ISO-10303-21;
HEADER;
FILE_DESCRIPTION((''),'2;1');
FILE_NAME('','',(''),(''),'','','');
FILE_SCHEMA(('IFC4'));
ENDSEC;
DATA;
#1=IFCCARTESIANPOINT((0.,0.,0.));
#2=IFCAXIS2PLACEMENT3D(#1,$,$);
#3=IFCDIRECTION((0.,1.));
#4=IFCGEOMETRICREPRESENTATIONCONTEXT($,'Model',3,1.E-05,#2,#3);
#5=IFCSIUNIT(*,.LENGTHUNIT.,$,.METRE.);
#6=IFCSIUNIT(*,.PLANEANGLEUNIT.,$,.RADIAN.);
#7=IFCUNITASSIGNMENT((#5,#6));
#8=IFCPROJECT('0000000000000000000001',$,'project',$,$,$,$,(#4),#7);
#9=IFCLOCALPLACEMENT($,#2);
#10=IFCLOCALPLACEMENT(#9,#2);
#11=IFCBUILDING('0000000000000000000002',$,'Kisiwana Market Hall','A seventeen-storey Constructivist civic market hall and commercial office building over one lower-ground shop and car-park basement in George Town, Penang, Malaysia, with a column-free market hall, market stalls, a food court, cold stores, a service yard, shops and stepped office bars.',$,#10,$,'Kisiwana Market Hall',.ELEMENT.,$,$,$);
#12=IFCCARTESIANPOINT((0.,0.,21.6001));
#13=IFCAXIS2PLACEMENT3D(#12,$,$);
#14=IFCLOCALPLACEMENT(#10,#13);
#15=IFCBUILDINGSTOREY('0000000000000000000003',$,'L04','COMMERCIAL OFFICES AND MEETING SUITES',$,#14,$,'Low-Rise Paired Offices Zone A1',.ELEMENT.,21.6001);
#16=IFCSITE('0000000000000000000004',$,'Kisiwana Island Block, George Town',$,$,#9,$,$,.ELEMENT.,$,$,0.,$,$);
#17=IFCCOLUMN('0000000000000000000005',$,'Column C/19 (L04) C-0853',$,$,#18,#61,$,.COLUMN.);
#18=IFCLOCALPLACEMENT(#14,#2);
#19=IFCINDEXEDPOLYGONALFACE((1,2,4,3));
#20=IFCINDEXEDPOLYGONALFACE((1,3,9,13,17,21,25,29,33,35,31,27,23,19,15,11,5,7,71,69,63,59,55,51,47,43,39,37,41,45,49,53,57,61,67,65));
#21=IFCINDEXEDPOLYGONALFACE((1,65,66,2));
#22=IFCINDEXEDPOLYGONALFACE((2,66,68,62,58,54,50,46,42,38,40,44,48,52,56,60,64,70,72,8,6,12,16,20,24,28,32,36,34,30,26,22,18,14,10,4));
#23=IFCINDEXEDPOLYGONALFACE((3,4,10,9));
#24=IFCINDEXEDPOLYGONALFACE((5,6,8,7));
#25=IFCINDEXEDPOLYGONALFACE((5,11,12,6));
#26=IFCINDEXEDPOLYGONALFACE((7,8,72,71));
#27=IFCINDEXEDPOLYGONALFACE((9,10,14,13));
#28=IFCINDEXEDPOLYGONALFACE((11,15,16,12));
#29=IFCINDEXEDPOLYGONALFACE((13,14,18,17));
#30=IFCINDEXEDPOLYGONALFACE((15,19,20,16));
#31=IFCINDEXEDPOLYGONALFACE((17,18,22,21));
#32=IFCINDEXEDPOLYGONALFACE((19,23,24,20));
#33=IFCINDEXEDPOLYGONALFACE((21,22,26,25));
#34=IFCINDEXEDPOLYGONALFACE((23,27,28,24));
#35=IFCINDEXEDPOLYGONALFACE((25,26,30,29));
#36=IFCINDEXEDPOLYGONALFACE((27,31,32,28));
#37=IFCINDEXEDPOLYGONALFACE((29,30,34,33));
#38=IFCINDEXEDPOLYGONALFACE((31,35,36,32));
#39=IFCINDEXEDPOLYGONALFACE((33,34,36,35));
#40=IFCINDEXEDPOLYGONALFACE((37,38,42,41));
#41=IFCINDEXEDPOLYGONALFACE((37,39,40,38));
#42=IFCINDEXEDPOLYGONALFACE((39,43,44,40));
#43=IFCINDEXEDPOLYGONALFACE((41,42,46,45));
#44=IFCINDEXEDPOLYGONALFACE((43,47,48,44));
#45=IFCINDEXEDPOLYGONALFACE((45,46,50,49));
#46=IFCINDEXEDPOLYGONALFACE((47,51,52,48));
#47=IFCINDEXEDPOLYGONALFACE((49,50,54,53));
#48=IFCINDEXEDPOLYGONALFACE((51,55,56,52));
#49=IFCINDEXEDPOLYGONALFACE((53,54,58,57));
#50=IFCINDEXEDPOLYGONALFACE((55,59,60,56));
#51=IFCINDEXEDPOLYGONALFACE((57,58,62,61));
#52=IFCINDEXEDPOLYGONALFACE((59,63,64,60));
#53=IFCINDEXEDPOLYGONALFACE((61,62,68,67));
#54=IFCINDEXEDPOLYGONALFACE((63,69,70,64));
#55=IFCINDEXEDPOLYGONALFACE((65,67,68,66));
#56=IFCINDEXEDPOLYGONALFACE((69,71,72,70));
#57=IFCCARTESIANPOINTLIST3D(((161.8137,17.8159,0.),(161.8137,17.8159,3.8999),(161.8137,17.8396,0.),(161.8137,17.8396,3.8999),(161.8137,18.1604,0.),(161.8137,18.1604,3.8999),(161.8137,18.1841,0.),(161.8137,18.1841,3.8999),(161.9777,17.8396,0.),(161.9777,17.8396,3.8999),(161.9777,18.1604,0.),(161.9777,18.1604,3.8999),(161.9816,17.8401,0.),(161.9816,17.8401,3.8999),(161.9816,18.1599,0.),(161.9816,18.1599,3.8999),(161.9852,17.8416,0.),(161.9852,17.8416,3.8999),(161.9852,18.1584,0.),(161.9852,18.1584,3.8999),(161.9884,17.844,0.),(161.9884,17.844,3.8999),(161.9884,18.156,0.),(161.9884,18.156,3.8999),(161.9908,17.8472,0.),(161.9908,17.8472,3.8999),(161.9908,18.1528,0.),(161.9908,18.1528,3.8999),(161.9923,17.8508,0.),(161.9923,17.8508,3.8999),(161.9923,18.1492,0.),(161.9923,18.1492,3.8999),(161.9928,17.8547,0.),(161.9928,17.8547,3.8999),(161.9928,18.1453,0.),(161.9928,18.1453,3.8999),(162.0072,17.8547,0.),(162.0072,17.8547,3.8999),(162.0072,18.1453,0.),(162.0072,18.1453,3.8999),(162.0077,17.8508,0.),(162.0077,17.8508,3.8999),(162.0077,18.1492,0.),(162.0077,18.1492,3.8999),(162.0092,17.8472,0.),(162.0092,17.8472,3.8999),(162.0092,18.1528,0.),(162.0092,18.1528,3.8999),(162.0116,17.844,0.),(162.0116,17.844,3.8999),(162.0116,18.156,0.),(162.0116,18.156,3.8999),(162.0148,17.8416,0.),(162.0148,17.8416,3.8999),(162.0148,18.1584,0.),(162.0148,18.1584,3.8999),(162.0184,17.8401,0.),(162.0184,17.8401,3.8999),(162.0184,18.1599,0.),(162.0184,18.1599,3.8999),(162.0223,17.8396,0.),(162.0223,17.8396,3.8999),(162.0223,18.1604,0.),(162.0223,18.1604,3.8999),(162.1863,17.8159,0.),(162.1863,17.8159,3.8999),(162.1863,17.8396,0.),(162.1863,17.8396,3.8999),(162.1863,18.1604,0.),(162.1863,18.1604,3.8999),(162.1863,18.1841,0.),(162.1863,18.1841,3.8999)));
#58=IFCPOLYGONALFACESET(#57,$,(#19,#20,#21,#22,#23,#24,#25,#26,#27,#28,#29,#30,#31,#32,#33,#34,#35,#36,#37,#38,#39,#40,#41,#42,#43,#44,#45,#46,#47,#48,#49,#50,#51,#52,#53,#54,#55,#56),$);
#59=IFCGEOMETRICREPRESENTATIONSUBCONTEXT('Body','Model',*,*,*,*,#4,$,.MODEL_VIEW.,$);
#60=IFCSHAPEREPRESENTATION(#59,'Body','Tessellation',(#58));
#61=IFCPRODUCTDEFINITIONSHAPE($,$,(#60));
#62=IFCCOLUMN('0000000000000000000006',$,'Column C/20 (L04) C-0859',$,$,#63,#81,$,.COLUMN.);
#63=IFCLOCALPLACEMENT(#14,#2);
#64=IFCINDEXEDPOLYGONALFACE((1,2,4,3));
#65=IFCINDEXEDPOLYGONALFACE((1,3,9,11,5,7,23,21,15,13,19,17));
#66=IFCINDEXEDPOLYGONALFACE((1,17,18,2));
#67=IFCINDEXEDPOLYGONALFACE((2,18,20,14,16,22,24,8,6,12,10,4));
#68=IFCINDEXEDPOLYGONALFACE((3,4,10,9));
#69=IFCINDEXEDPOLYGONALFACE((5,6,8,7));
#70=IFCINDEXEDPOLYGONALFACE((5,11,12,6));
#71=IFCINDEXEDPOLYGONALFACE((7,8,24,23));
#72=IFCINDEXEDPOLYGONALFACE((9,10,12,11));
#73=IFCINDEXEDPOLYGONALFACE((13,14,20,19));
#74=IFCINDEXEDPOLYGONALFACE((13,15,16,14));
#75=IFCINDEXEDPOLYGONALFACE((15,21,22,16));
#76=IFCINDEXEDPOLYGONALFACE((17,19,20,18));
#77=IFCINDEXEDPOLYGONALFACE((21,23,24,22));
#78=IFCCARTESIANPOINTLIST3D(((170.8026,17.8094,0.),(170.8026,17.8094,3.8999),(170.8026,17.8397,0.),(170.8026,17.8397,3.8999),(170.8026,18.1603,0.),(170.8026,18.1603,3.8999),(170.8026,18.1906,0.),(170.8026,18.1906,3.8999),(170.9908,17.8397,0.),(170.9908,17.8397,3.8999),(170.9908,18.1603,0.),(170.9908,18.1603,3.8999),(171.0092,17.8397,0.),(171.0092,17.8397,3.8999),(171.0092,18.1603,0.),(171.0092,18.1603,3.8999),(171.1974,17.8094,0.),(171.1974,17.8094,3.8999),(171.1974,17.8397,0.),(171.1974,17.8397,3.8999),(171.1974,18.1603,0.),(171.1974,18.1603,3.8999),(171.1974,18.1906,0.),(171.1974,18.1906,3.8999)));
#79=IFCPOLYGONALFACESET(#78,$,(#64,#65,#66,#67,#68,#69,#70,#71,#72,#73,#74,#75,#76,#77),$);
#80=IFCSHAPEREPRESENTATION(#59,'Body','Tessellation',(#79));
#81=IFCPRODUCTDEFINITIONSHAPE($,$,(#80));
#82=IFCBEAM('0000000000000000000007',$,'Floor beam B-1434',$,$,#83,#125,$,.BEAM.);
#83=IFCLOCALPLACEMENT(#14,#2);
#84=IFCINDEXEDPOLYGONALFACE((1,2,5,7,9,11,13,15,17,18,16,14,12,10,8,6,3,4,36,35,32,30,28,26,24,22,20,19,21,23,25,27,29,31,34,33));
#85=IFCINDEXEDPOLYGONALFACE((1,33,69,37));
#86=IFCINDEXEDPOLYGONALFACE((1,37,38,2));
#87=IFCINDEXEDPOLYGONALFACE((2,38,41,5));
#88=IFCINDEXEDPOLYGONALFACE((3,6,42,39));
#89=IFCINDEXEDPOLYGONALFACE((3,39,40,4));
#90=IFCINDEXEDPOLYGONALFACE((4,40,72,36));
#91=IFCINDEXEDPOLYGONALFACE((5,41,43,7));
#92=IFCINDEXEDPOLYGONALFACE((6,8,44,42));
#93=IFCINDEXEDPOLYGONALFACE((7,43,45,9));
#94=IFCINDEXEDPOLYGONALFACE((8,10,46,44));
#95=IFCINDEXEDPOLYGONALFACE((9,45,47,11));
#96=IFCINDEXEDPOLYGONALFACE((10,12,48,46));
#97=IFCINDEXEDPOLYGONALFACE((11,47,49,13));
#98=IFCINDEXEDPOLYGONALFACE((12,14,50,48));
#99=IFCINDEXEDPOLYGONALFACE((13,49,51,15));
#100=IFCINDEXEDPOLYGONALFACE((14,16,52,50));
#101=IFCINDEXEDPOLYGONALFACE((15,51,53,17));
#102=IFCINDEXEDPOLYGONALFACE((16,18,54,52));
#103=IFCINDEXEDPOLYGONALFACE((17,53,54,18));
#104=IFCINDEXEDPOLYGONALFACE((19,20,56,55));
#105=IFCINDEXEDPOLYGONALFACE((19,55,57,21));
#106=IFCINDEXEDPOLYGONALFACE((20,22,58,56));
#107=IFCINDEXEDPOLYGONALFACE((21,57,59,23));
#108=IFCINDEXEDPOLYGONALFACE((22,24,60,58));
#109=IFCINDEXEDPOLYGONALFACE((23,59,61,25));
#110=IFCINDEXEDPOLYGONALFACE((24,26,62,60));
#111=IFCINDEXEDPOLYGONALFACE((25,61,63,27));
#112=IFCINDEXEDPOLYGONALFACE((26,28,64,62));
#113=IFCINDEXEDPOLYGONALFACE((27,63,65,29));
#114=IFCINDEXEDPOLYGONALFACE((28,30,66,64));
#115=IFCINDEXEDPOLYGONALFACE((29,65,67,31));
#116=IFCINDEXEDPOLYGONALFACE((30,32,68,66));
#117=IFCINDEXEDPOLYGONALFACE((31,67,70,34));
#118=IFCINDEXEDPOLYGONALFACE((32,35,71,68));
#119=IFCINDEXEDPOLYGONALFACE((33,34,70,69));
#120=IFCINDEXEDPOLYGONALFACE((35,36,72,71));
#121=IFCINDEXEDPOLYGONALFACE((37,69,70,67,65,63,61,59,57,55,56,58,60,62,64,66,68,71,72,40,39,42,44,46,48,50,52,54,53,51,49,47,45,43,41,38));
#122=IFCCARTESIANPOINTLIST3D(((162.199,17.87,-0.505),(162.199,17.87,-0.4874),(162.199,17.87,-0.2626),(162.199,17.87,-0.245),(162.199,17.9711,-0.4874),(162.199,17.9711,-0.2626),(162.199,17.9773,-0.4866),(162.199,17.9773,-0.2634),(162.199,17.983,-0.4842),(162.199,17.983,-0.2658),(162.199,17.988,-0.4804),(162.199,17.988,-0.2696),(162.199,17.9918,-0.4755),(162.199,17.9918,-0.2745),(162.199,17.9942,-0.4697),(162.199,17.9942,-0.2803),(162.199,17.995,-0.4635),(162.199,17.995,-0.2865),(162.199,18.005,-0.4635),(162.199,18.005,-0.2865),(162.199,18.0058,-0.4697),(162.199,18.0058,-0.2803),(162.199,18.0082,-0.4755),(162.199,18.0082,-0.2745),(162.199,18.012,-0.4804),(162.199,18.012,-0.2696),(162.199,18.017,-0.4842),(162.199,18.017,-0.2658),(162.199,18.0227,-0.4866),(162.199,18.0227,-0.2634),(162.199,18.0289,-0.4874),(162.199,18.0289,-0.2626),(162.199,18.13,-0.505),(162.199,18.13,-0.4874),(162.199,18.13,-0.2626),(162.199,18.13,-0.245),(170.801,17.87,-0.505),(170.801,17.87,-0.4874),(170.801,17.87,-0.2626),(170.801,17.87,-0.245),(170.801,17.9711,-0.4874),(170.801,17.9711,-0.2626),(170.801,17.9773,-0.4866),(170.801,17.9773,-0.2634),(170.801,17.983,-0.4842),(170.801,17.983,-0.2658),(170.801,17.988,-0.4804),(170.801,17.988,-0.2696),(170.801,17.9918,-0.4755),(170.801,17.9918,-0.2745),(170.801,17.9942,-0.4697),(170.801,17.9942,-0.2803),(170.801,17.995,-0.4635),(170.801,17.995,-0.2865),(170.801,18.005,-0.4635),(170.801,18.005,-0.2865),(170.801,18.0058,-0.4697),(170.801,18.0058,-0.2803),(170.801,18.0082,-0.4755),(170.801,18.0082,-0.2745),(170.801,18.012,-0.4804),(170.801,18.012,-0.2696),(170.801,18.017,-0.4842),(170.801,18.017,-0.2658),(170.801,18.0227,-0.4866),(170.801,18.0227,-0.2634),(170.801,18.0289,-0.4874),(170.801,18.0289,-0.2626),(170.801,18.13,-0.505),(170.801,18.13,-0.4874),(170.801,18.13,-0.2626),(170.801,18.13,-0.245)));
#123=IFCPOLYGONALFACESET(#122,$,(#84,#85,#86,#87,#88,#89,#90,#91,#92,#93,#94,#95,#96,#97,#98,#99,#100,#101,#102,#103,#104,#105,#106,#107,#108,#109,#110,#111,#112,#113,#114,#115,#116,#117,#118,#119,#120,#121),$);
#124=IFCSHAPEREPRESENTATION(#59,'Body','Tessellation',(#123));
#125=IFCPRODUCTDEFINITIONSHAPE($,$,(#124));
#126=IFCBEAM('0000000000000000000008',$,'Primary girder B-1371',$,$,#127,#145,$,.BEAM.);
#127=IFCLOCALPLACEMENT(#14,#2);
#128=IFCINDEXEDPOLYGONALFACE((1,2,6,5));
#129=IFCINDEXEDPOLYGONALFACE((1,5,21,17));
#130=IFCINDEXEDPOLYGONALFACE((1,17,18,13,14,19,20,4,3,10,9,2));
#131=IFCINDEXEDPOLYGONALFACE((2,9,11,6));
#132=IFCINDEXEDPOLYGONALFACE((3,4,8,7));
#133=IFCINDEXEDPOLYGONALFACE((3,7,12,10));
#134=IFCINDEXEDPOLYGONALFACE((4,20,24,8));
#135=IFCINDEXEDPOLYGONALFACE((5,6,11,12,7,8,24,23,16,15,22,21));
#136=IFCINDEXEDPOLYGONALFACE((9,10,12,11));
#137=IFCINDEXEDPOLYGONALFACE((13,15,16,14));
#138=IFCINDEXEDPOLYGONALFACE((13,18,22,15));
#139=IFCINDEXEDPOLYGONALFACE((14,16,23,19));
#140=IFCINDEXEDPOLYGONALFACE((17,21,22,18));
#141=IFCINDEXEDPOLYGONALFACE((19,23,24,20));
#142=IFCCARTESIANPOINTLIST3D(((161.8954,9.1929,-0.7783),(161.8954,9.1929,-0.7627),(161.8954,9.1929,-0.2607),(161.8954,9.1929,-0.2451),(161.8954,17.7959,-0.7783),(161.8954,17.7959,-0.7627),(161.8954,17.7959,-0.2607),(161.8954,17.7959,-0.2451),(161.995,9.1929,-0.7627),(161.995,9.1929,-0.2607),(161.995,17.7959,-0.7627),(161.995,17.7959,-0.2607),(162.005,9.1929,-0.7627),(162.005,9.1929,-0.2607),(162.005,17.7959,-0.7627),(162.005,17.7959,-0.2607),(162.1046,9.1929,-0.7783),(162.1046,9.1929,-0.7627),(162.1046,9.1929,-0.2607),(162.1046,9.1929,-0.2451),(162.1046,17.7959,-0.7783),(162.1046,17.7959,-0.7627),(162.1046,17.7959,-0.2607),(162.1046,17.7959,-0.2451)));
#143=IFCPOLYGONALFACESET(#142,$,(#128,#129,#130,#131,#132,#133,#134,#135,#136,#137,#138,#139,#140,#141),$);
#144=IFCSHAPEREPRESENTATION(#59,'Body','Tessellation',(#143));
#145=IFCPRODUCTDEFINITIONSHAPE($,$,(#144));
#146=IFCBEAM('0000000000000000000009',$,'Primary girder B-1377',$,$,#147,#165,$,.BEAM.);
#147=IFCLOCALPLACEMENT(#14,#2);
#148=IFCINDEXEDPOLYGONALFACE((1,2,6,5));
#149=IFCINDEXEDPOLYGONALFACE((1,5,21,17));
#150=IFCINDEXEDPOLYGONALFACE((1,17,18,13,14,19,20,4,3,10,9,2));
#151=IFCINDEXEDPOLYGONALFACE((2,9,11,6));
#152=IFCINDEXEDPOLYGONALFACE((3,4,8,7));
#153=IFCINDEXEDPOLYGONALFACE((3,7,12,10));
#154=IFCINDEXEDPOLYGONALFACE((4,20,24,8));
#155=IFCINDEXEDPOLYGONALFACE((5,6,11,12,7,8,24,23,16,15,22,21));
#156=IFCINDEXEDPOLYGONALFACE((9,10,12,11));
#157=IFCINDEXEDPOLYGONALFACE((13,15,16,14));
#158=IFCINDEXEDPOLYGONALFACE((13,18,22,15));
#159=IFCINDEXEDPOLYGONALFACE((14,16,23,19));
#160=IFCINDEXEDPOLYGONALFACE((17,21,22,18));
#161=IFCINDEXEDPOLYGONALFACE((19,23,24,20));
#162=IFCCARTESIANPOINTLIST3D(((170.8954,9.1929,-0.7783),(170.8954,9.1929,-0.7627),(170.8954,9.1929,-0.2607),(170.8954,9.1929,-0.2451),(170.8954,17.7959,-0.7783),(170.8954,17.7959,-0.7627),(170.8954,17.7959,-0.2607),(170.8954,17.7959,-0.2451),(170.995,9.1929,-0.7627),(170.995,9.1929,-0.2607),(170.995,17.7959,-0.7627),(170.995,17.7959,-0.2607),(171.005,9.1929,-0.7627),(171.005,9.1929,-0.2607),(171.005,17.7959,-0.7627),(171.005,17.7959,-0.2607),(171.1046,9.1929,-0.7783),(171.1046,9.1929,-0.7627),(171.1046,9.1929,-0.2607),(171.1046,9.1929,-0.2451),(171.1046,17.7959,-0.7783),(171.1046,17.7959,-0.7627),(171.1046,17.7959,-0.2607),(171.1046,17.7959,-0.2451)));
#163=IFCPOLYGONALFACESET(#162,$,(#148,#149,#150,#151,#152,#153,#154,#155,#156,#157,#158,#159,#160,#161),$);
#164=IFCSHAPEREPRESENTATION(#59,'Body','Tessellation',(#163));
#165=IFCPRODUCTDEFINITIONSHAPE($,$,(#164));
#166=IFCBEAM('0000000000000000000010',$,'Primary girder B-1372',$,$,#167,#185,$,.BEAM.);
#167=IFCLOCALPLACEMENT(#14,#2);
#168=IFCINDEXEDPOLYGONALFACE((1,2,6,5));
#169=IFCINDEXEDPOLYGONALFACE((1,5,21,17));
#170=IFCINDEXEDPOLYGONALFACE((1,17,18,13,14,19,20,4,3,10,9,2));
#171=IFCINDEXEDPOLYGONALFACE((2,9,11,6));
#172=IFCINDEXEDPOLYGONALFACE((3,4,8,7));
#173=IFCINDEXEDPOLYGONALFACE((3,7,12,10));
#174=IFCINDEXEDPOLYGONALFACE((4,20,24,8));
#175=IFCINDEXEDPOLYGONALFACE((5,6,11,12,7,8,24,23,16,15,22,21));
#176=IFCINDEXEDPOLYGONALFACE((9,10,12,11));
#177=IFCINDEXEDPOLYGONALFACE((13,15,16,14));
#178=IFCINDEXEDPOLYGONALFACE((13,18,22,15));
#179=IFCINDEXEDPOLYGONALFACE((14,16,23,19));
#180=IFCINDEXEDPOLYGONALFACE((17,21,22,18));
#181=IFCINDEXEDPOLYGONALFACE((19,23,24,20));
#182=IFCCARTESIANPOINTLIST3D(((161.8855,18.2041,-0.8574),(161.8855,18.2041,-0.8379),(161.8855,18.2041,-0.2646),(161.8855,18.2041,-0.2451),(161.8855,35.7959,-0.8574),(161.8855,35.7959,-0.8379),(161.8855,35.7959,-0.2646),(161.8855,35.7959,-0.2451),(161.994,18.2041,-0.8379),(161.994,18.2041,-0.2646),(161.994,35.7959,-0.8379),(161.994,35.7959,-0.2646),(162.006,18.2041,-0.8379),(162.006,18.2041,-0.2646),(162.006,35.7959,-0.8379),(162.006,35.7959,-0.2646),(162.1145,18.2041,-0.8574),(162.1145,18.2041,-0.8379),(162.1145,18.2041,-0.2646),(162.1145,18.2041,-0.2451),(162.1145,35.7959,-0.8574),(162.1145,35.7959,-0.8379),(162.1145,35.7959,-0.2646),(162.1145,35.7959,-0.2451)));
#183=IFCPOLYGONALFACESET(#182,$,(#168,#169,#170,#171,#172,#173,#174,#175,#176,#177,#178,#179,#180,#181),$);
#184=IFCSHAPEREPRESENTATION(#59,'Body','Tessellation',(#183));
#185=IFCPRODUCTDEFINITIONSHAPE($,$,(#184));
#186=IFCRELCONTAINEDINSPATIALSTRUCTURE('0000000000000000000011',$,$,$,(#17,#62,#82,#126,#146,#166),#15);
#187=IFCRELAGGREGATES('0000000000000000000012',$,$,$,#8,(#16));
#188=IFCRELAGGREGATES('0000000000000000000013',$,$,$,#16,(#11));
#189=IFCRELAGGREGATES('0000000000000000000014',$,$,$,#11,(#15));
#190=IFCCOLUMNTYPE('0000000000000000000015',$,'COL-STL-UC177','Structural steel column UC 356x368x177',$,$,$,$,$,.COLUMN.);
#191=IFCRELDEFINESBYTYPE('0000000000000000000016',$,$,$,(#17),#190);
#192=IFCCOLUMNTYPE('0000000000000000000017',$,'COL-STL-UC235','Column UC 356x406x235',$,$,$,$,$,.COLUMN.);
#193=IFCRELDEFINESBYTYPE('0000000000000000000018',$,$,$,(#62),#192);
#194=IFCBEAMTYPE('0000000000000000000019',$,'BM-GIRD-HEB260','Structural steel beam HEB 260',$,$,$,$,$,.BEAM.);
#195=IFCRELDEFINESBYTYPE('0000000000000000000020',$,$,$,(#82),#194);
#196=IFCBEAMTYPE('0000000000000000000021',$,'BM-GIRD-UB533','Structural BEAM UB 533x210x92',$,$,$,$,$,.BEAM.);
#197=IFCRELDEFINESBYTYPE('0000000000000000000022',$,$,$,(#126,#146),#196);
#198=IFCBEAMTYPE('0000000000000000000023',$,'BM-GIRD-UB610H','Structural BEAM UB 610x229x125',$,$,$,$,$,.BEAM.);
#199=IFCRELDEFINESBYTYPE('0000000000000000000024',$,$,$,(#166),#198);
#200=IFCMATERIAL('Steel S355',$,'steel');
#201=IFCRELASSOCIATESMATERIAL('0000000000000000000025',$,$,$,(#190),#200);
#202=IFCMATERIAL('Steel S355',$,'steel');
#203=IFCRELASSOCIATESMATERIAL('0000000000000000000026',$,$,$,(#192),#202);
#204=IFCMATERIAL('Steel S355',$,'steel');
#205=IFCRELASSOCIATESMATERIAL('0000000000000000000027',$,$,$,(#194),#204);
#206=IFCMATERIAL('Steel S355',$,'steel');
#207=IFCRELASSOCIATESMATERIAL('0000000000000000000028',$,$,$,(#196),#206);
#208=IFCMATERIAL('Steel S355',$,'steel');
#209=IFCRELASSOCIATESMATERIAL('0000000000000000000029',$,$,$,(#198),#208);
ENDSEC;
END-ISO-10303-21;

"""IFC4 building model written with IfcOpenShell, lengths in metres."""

from ifc_helpers import new_model, si_unit, direction, frame, origin, origin_2d, place, context, subcontext, project, spatial, i_section, extrude, material, material_profile, profile_set, type_object, element, save


model = new_model("IFC4")

# Units and contexts
model_context = context("Model", 3, precision=1e-05, world=origin(), true_north=direction((0.0, 1.0)))
body_context = subcontext(model_context, "Body", "Model", "MODEL_VIEW")
ifc_project = project(units=[si_unit("LENGTHUNIT", "METRE"), si_unit("PLANEANGLEUNIT", "RADIAN")], contexts=[model_context])

# Site, building, storey
site_placement = place(None, origin())
site = spatial("IfcSite", under=ifc_project, at=site_placement, Name="Kisiwana Island Block, George Town", CompositionType="ELEMENT", RefElevation=0.0)
building_placement = place(site_placement, origin())
building = spatial("IfcBuilding", under=site, at=building_placement, Name="Kisiwana Market Hall", Description="A seventeen-storey Constructivist civic market hall and commercial office building over one lower-ground shop and car-park basement in George Town, Penang, Malaysia, with a column-free market hall, market stalls, a food court, cold stores, a service yard, shops and stepped office bars.", LongName="Kisiwana Market Hall", CompositionType="ELEMENT")
storey_placement = place(building_placement, frame((0.0, 0.0, 21.6001)))
storey = spatial("IfcBuildingStorey", under=building, at=storey_placement, Name="L04", Description="COMMERCIAL OFFICES AND MEETING SUITES", LongName="Low-Rise Paired Offices Zone A1", CompositionType="ELEMENT", Elevation=21.6001)

# Columns
ifc_material_1 = material(Name="Steel S355", Category="steel")
ifc_material_profile_1 = material_profile(ifc_material_1, i_section(OverallWidth=0.3726, OverallDepth=0.3682, WebThickness=0.0144, FlangeThickness=0.0237, FilletRadius=0.0151, at=origin_2d()), Name="UC 356x368x177")
ifc_profile_set_1 = profile_set([ifc_material_profile_1], Name="Steel S355")
column_type_1 = type_object("IfcColumnType", Name="COL-STL-UC177", Description="Structural steel column UC 356x368x177", PredefinedType="COLUMN", material=ifc_profile_set_1)
column_1_placement = place(storey_placement, frame((162.0, 18.0, 0.0), z_axis=(0.0, 0.0, 1.0), x_axis=(1.0, 0.0, 0.0)))
element("IfcColumn", 1, at=column_1_placement, inside=storey, type_object=column_type_1, Name="Column C/19 (L04) C-0853", PredefinedType="COLUMN", context=body_context, shape_type="SweptSolid", body=[
    extrude(i_section(OverallWidth=0.3726, OverallDepth=0.3682, WebThickness=0.0144, FlangeThickness=0.0237, FilletRadius=0.0151, at=origin_2d()), origin(), (0.0, 0.0, 1.0), 3.8999),
])
ifc_material_2 = material(Name="Steel S355", Category="steel")
ifc_material_profile_2 = material_profile(ifc_material_2, i_section(OverallWidth=0.3948, OverallDepth=0.3811, WebThickness=0.0183, FlangeThickness=0.0303, at=origin_2d()), Name="UC 356x406x235")
ifc_profile_set_2 = profile_set([ifc_material_profile_2], Name="Steel S355")
column_type_2 = type_object("IfcColumnType", Name="COL-STL-UC235", Description="Column UC 356x406x235", PredefinedType="COLUMN", material=ifc_profile_set_2)
column_2_placement = place(storey_placement, frame((171.0, 18.0, 0.0), z_axis=(0.0, 0.0, 1.0), x_axis=(1.0, 0.0, 0.0)))
element("IfcColumn", 2, at=column_2_placement, inside=storey, type_object=column_type_2, Name="Column C/20 (L04) C-0859", PredefinedType="COLUMN", context=body_context, shape_type="SweptSolid", body=[
    extrude(i_section(OverallWidth=0.3948, OverallDepth=0.3811, WebThickness=0.0183, FlangeThickness=0.0303, at=origin_2d()), origin(), (0.0, 0.0, 1.0), 3.8999),
])

# Beams
ifc_material_3 = material(Name="Steel S355", Category="steel")
ifc_material_profile_3 = material_profile(ifc_material_3, i_section(OverallWidth=0.26, OverallDepth=0.26, WebThickness=0.01, FlangeThickness=0.0176, FilletRadius=0.0239, at=origin_2d()), Name="HEB 260")
ifc_profile_set_3 = profile_set([ifc_material_profile_3], Name="Steel S355")
beam_type_1 = type_object("IfcBeamType", Name="BM-GIRD-HEB260", Description="Structural steel beam HEB 260", PredefinedType="BEAM", material=ifc_profile_set_3)
beam_1_placement = place(storey_placement, frame((162.199, 18.0, -0.375), z_axis=(1.0, 0.0, 0.0), x_axis=(0.0, 1.0, 0.0)))
element("IfcBeam", 3, at=beam_1_placement, inside=storey, type_object=beam_type_1, Name="Floor beam B-1434", PredefinedType="BEAM", context=body_context, shape_type="SweptSolid", body=[
    extrude(i_section(OverallWidth=0.26, OverallDepth=0.26, WebThickness=0.01, FlangeThickness=0.0176, FilletRadius=0.0239, at=origin_2d()), origin(), (0.0, 0.0, 1.0), 8.6021),
])
ifc_material_4 = material(Name="Steel S355", Category="steel")
ifc_material_profile_4 = material_profile(ifc_material_4, i_section(OverallWidth=0.2092, OverallDepth=0.5332, WebThickness=0.01, FlangeThickness=0.0156, at=origin_2d()), Name="UB 533x210x92")
ifc_profile_set_4 = profile_set([ifc_material_profile_4], Name="Steel S355")
beam_type_2 = type_object("IfcBeamType", Name="BM-GIRD-UB533", Description="Structural BEAM UB 533x210x92", PredefinedType="BEAM", material=ifc_profile_set_4)
for number, where, z_axis, x_axis, name in (
    (4, (162.0, 9.1929, -0.5117), (0.0, 1.0, 0.0), (-1.0, 0.0, 0.0), "Primary girder B-1371"),
    (5, (171.0, 9.1929, -0.5117), (0.0, 1.0, 0.0), (-1.0, 0.0, 0.0), "Primary girder B-1377"),
):
    element("IfcBeam", number, at=place(storey_placement, frame(where, z_axis=z_axis, x_axis=x_axis)), inside=storey, type_object=beam_type_2, Name=name, PredefinedType="BEAM", context=body_context, shape_type="SweptSolid", body=[
        extrude(i_section(OverallWidth=0.2092, OverallDepth=0.5332, WebThickness=0.01, FlangeThickness=0.0156, at=origin_2d()), origin(), (0.0, 0.0, 1.0), 8.603),
    ])
ifc_material_5 = material(Name="Steel S355", Category="steel")
ifc_material_profile_5 = material_profile(ifc_material_5, i_section(OverallWidth=0.229, OverallDepth=0.6123, WebThickness=0.012, FlangeThickness=0.0195, at=origin_2d()), Name="UB 610x229x125")
ifc_profile_set_5 = profile_set([ifc_material_profile_5], Name="Steel S355")
beam_type_3 = type_object("IfcBeamType", Name="BM-GIRD-UB610H", Description="Structural BEAM UB 610x229x125", PredefinedType="BEAM", material=ifc_profile_set_5)
for number, where, z_axis, x_axis, name in (
    (6, (162.0, 18.2041, -0.5513), (0.0, 1.0, 0.0), (-1.0, 0.0, 0.0), "Primary girder B-1372"),
):
    element("IfcBeam", number, at=place(storey_placement, frame(where, z_axis=z_axis, x_axis=x_axis)), inside=storey, type_object=beam_type_3, Name=name, PredefinedType="BEAM", context=body_context, shape_type="SweptSolid", body=[
        extrude(i_section(OverallWidth=0.229, OverallDepth=0.6123, WebThickness=0.012, FlangeThickness=0.0195, at=origin_2d()), origin(), (0.0, 0.0, 1.0), 17.5918),
    ])

save(model, "model.ifc")
